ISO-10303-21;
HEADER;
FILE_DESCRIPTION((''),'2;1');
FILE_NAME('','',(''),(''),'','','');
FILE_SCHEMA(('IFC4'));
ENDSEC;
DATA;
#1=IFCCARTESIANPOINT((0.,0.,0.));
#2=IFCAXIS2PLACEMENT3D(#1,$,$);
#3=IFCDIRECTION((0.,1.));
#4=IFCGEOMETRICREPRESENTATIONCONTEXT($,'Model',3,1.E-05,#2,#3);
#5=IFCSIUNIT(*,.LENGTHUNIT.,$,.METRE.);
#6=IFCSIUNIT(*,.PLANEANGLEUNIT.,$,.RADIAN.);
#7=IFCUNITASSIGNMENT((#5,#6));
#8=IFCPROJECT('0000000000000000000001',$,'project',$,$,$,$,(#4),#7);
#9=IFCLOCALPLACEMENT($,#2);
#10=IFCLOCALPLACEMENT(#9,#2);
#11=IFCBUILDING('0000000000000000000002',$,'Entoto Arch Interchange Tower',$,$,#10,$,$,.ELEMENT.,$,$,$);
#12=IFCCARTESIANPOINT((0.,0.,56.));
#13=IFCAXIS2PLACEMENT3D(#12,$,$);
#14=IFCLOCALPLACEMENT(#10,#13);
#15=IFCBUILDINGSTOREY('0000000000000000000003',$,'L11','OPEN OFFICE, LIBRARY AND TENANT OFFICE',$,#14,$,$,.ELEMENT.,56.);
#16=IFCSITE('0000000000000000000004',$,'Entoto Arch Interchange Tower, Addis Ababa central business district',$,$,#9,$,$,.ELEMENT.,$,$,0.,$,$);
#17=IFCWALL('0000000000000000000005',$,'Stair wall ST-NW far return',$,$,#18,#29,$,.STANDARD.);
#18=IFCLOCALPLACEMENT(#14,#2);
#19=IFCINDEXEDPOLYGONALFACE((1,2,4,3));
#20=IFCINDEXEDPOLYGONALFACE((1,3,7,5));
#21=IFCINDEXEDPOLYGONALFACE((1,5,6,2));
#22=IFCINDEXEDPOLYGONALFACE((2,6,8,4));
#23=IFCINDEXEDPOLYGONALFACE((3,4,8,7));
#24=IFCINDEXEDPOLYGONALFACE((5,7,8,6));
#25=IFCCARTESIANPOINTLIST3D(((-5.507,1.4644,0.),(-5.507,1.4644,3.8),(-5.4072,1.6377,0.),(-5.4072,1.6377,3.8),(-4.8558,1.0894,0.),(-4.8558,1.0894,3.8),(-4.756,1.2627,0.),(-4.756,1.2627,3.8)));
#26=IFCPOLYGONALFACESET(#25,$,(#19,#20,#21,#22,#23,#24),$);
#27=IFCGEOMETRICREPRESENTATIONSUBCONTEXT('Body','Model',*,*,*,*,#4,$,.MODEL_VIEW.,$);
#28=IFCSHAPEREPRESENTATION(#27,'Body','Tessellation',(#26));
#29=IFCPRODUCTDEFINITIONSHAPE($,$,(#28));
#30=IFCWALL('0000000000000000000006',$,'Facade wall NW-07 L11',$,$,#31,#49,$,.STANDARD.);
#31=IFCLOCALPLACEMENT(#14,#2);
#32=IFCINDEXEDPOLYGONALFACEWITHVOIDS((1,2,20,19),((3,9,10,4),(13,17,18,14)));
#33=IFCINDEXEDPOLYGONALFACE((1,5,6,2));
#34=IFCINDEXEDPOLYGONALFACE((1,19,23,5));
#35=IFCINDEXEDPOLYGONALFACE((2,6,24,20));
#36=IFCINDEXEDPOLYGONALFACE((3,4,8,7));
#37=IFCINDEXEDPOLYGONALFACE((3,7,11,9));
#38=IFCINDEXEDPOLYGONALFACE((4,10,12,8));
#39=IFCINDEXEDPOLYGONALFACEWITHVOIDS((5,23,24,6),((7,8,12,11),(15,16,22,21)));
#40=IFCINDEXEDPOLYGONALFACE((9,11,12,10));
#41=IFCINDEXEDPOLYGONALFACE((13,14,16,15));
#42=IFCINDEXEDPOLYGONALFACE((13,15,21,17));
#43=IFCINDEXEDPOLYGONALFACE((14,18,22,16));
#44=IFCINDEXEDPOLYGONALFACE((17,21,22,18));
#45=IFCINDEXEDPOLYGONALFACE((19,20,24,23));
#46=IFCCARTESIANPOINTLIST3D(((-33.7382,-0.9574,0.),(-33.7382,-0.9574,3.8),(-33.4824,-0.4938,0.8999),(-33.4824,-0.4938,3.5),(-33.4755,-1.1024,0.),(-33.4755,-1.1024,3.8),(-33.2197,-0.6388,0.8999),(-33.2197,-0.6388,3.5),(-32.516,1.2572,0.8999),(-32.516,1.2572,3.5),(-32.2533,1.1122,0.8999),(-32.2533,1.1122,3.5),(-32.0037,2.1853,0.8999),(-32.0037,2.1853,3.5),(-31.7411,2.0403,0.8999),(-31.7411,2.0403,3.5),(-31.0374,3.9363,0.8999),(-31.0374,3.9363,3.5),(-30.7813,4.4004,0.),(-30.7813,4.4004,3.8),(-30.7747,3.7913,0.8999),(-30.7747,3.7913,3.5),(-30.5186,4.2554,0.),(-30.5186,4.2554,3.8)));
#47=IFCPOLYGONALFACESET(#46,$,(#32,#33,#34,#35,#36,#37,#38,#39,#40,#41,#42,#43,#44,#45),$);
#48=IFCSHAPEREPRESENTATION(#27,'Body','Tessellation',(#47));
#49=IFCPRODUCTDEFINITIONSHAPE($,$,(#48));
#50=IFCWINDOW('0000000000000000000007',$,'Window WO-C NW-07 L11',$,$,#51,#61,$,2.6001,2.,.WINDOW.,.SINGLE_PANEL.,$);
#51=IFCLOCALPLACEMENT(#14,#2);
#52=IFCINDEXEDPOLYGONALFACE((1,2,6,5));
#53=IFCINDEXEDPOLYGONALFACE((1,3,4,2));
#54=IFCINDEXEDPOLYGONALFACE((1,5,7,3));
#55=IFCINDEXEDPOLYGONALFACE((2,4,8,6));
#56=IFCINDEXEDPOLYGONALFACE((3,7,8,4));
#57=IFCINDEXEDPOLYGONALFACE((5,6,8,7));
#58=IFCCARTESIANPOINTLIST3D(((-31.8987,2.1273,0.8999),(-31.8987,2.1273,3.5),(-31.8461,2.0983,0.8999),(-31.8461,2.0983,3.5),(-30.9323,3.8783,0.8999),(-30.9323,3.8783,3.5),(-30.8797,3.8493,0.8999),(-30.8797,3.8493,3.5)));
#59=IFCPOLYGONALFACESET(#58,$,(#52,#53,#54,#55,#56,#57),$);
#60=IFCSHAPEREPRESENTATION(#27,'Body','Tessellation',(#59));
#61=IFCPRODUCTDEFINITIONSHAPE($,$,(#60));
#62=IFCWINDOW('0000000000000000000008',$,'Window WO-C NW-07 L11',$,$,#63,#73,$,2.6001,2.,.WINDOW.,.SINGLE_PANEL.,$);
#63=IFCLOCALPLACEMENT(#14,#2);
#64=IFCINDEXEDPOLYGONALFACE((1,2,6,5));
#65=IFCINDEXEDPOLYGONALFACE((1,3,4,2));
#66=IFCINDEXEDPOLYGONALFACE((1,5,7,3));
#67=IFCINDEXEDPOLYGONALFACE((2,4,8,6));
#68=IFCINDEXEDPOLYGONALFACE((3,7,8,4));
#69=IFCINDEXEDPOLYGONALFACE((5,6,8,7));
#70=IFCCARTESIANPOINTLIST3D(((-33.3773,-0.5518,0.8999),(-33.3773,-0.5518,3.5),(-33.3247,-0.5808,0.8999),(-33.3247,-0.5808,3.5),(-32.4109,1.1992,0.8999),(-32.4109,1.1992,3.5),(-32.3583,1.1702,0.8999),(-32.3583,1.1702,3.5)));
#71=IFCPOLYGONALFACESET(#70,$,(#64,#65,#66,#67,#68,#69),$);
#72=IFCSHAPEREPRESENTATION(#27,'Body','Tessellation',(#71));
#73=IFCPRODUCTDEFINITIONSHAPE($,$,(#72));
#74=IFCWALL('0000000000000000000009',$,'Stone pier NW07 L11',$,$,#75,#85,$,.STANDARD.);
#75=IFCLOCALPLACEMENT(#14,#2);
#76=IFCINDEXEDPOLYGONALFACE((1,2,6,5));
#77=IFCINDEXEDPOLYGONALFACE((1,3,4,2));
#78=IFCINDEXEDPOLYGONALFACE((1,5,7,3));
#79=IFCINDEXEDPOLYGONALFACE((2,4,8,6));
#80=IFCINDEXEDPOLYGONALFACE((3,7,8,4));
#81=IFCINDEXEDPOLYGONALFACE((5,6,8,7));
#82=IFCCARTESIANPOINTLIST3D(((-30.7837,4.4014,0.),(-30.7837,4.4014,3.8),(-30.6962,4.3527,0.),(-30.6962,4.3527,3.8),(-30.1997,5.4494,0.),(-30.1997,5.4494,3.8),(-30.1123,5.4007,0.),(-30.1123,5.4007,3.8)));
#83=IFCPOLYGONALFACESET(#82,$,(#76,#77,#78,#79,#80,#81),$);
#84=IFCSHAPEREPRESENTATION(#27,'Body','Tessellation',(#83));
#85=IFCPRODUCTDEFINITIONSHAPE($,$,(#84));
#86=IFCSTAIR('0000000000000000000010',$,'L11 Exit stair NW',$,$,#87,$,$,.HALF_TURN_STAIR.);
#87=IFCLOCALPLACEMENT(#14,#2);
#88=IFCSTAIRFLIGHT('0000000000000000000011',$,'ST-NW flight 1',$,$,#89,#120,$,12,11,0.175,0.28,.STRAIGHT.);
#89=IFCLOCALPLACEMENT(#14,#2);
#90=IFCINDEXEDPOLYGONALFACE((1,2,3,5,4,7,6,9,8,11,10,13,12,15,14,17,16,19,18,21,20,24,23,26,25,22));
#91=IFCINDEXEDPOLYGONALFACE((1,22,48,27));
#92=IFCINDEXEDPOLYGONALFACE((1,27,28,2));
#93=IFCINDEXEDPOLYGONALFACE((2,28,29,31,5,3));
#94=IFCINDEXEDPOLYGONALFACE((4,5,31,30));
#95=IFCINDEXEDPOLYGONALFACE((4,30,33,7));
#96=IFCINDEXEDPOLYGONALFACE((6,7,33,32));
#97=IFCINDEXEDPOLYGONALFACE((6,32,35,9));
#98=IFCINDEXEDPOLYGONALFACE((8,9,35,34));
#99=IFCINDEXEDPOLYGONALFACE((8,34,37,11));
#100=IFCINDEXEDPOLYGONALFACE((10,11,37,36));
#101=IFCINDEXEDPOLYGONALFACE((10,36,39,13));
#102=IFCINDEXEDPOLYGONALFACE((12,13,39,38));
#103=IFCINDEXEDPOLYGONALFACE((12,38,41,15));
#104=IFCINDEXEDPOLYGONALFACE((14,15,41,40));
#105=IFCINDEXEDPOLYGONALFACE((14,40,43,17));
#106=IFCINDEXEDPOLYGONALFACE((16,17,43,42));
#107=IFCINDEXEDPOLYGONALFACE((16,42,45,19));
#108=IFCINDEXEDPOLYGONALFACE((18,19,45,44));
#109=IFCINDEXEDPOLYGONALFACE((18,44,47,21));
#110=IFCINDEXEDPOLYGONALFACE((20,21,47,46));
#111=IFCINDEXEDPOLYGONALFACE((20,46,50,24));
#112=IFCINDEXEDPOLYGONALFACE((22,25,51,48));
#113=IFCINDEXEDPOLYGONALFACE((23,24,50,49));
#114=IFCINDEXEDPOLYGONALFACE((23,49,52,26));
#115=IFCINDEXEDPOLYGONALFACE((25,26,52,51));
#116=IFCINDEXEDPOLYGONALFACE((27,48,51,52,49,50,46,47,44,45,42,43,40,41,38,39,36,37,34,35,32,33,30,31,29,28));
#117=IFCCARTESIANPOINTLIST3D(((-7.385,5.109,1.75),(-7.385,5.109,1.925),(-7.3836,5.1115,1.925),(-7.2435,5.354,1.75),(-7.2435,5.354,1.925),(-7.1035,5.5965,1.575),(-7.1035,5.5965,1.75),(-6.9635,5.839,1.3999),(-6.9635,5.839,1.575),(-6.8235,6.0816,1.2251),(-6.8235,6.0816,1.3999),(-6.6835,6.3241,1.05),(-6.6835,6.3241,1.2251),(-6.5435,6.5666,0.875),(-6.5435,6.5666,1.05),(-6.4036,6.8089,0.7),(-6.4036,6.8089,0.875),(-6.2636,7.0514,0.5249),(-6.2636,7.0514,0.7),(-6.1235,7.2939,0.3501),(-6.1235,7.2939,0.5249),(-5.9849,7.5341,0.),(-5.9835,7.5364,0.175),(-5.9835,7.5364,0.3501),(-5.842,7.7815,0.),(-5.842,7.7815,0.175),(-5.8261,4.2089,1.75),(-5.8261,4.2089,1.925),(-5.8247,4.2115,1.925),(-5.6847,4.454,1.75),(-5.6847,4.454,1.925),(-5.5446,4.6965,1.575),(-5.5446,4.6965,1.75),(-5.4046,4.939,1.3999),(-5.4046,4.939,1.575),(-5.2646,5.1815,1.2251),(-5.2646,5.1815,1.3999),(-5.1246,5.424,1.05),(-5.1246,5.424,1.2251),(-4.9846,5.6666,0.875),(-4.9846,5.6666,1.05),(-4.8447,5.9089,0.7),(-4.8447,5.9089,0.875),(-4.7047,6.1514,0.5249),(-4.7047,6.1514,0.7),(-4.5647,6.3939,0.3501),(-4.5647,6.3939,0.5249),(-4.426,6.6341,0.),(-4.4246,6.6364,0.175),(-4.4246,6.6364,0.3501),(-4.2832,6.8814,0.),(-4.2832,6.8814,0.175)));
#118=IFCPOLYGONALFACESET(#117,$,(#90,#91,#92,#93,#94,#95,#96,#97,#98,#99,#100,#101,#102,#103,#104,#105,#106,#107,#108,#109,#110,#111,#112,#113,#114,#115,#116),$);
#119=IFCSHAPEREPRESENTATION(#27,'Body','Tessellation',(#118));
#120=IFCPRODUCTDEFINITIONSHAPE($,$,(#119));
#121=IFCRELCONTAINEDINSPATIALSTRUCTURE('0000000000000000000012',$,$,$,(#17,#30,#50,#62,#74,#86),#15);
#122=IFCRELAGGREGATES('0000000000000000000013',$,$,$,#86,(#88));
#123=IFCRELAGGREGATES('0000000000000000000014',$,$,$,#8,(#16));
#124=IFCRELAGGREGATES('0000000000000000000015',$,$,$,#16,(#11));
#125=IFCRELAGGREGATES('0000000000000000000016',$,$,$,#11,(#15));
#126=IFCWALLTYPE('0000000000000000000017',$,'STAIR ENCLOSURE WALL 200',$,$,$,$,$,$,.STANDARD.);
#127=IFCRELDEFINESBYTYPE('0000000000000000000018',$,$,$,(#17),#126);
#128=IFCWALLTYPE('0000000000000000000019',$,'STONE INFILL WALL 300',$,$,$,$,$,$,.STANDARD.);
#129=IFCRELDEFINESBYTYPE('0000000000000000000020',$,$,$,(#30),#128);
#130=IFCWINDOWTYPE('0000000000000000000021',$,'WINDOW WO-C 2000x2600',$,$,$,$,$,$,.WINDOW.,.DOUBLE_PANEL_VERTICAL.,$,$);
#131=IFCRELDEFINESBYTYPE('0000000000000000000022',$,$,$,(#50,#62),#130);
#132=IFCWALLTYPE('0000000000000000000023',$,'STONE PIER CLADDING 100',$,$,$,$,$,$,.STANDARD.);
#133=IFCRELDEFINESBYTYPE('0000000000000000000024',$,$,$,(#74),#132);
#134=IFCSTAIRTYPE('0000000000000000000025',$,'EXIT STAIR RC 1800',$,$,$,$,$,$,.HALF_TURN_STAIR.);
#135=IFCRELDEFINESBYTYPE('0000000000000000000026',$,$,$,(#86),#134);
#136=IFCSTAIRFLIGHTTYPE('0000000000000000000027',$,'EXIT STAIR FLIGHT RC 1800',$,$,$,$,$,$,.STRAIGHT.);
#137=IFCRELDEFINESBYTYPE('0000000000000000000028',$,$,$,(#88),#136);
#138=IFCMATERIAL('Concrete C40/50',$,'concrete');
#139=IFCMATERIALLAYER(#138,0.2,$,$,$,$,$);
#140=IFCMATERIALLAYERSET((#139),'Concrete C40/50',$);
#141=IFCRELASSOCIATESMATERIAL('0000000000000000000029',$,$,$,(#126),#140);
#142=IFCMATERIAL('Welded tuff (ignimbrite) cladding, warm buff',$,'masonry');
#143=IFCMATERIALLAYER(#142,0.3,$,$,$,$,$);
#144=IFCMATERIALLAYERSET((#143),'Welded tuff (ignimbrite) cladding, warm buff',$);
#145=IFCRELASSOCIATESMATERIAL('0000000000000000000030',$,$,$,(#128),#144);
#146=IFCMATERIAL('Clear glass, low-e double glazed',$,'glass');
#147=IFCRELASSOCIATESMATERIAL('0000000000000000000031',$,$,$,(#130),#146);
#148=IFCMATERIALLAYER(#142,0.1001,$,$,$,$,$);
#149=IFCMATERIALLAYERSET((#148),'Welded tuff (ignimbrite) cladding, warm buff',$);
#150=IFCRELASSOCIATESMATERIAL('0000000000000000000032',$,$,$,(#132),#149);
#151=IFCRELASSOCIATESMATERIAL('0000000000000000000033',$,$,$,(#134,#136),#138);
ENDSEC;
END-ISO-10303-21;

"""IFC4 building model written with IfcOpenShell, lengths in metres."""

from ifc_helpers import new_model, si_unit, direction, frame, frame_2d, origin, place, context, subcontext, project, spatial, polyline, rectangle, outline, extrude, material, layer, layer_set, type_object, element, fill, aggregate, save


model = new_model("IFC4")

# Units and contexts
model_context = context("Model", 3, precision=1e-05, world=origin(), true_north=direction((0.0, 1.0)))
body_context = subcontext(model_context, "Body", "Model", "MODEL_VIEW")
ifc_project = project(units=[si_unit("LENGTHUNIT", "METRE"), si_unit("PLANEANGLEUNIT", "RADIAN")], contexts=[model_context])

# Site, building, storey
site_placement = place(None, origin())
site = spatial("IfcSite", under=ifc_project, at=site_placement, Name="Entoto Arch Interchange Tower, Addis Ababa central business district", CompositionType="ELEMENT", RefElevation=0.0)
building_placement = place(site_placement, origin())
building = spatial("IfcBuilding", under=site, at=building_placement, Name="Entoto Arch Interchange Tower", CompositionType="ELEMENT")
storey_placement = place(building_placement, frame((0.0, 0.0, 56.0)))
storey = spatial("IfcBuildingStorey", under=building, at=storey_placement, Name="L11", Description="OPEN OFFICE, LIBRARY AND TENANT OFFICE", CompositionType="ELEMENT", Elevation=56.0)

# Shared definitions
ifc_material_1 = material(Name="Concrete C40/50", Category="concrete")

# Wall
ifc_layer_1 = layer(ifc_material_1, 0.2)
ifc_layer_set_1 = layer_set([ifc_layer_1], Name="Concrete C40/50")
wall_type_1 = type_object("IfcWallType", Name="STAIR ENCLOSURE WALL 200", PredefinedType="STANDARD", material=ifc_layer_set_1)
wall_1_placement = place(storey_placement, frame((-4.8059, 1.176, 0.0), z_axis=(0.0, 0.0, 1.0), x_axis=(-0.866559, 0.499075, 0.0)))
element("IfcWall", 1, at=wall_1_placement, inside=storey, type_object=wall_type_1, Name="Stair wall ST-NW far return", PredefinedType="STANDARD", context=body_context, shape_type="SweptSolid", body=[
    extrude(rectangle(XDim=0.7515, YDim=0.2, at=frame_2d((0.3757, 0.0))), origin(), (0.0, 0.0, 1.0), 3.8),
])

# Wall, openings, windows
ifc_material_2 = material(Name="Welded tuff (ignimbrite) cladding, warm buff", Category="masonry")
ifc_layer_2 = layer(ifc_material_2, 0.3)
ifc_layer_set_2 = layer_set([ifc_layer_2], Name="Welded tuff (ignimbrite) cladding, warm buff")
wall_type_2 = type_object("IfcWallType", Name="STONE INFILL WALL 300", PredefinedType="STANDARD", material=ifc_layer_set_2)
wall_2_placement = place(storey_placement, frame((-30.6499, 4.3279, 0.0), z_axis=(0.0, 0.0, 1.0), x_axis=(-0.483195, -0.875513, 0.0)))
wall_2 = element("IfcWall", 2, at=wall_2_placement, inside=storey, type_object=wall_type_2, Name="Facade wall NW-07 L11", PredefinedType="STANDARD", context=body_context, shape_type="SweptSolid", body=[
    extrude(rectangle(XDim=6.1196, YDim=0.3, at=frame_2d((3.0598, 0.0))), origin(), (0.0, 0.0, 1.0), 3.8),
])
opening_1_placement = place(wall_2_placement, frame((0.53, 0.0, 0.8999)))
opening_1 = element("IfcOpeningElement", 3, at=opening_1_placement, cuts=wall_2, PredefinedType="OPENING", context=body_context, shape_type="SweptSolid", body=[
    extrude(rectangle(XDim=2.0, YDim=2.6001, at=frame_2d((1.0, 1.3))), frame((0.0, 0.1602, 0.0), z_axis=(0.0, -1.0, 0.0), x_axis=(1.0, 0.0, 0.0)), (0.0, 0.0, 1.0), 0.3201),
])
opening_2_placement = place(wall_2_placement, frame((3.5901, 0.0, 0.8999)))
opening_2 = element("IfcOpeningElement", 4, at=opening_2_placement, cuts=wall_2, PredefinedType="OPENING", context=body_context, shape_type="SweptSolid", body=[
    extrude(rectangle(XDim=2.0, YDim=2.6001, at=frame_2d((1.0, 1.3))), frame((0.0, 0.1602, 0.0), z_axis=(0.0, -1.0, 0.0), x_axis=(1.0, 0.0, 0.0)), (0.0, 0.0, 1.0), 0.3201),
])
ifc_material_3 = material(Name="Clear glass, low-e double glazed", Category="glass")
window_type = type_object("IfcWindowType", Name="WINDOW WO-C 2000x2600", PartitioningType="DOUBLE_PANEL_VERTICAL", PredefinedType="WINDOW", material=ifc_material_3)
window_1_placement = place(opening_1_placement, origin())
window_1 = element("IfcWindow", 5, at=window_1_placement, inside=storey, type_object=window_type, Name="Window WO-C NW-07 L11", OverallHeight=2.6001, OverallWidth=2.0, PartitioningType="SINGLE_PANEL", PredefinedType="WINDOW", context=body_context, shape_type="SweptSolid", body=[
    extrude(rectangle(XDim=2.0, YDim=2.6001, at=frame_2d((1.0, 1.3))), frame((0.0, 0.03, 0.0), z_axis=(0.0, -1.0, 0.0), x_axis=(1.0, 0.0, 0.0)), (0.0, 0.0, 1.0), 0.0601),
])
fill(opening_1, window_1)
window_2_placement = place(opening_2_placement, origin())
window_2 = element("IfcWindow", 6, at=window_2_placement, inside=storey, type_object=window_type, Name="Window WO-C NW-07 L11", OverallHeight=2.6001, OverallWidth=2.0, PartitioningType="SINGLE_PANEL", PredefinedType="WINDOW", context=body_context, shape_type="SweptSolid", body=[
    extrude(rectangle(XDim=2.0, YDim=2.6001, at=frame_2d((1.0, 1.3))), frame((0.0, 0.03, 0.0), z_axis=(0.0, -1.0, 0.0), x_axis=(1.0, 0.0, 0.0)), (0.0, 0.0, 1.0), 0.0601),
])
fill(opening_2, window_2)

# Wall
ifc_layer_3 = layer(ifc_material_2, 0.1001)
ifc_layer_set_3 = layer_set([ifc_layer_3], Name="Welded tuff (ignimbrite) cladding, warm buff")
wall_type_3 = type_object("IfcWallType", Name="STONE PIER CLADDING 100", PredefinedType="STANDARD", material=ifc_layer_set_3)
wall_3_placement = place(storey_placement, frame((-30.156, 5.425, 0.0), z_axis=(0.0, 0.0, 1.0), x_axis=(-0.486731, -0.873552, 0.0)))
element("IfcWall", 7, at=wall_3_placement, inside=storey, type_object=wall_type_3, Name="Stone pier NW07 L11", PredefinedType="STANDARD", context=body_context, shape_type="SweptSolid", body=[
    extrude(rectangle(XDim=1.1997, YDim=0.1001, at=frame_2d((0.5999, 0.0))), origin(), (0.0, 0.0, 1.0), 3.8),
])

# Stair, stair flight
stair_type = type_object("IfcStairType", Name="EXIT STAIR RC 1800", PredefinedType="HALF_TURN_STAIR", material=ifc_material_1)
stair_placement = place(storey_placement, origin())
stair = element("IfcStair", 8, at=stair_placement, inside=storey, type_object=stair_type, Name="L11 Exit stair NW", PredefinedType="HALF_TURN_STAIR")
stair_flight_type = type_object("IfcStairFlightType", Name="EXIT STAIR FLIGHT RC 1800", PredefinedType="STRAIGHT", material=ifc_material_1)
stair_flight_placement = place(storey_placement, frame((-5.064, 7.3289, 0.0), z_axis=(0.0, 0.0, 1.0), x_axis=(-0.5, -0.866025, 0.0)))
stair_flight = element("IfcStairFlight", 9, at=stair_flight_placement, type_object=stair_flight_type, Name="ST-NW flight 1", NumberOfRisers=12, NumberOfTreads=11, PredefinedType="STRAIGHT", RiserHeight=0.175, TreadLength=0.28, context=body_context, shape_type="SweptSolid", body=[
    extrude(outline(polyline([(-0.0029, 0.0), (-0.0029, 0.175), (0.28, 0.175), (0.28, 0.3501), (0.5601, 0.3501), (0.5601, 0.5249), (0.8401, 0.5249), (0.8401, 0.7), (1.1201, 0.7), (1.1201, 0.875), (1.3999, 0.875), (1.3999, 1.05), (1.6799, 1.05), (1.6799, 1.2251), (1.96, 1.2251), (1.96, 1.3999), (2.24, 1.3999), (2.24, 1.575), (2.52, 1.575), (2.52, 1.75), (2.8, 1.75), (2.8, 1.925), (3.0801, 1.925), (3.083, 1.925), (3.083, 1.75), (0.2827, 0.0), (-0.0029, 0.0)])), frame((0.0, 0.8999, 0.0), z_axis=(0.0, -1.0, 0.0), x_axis=(1.0, 0.0, 0.0)), (0.0, 0.0, 1.0), 1.8),
])
aggregate(stair, [stair_flight])

save(model, "model.ifc")
